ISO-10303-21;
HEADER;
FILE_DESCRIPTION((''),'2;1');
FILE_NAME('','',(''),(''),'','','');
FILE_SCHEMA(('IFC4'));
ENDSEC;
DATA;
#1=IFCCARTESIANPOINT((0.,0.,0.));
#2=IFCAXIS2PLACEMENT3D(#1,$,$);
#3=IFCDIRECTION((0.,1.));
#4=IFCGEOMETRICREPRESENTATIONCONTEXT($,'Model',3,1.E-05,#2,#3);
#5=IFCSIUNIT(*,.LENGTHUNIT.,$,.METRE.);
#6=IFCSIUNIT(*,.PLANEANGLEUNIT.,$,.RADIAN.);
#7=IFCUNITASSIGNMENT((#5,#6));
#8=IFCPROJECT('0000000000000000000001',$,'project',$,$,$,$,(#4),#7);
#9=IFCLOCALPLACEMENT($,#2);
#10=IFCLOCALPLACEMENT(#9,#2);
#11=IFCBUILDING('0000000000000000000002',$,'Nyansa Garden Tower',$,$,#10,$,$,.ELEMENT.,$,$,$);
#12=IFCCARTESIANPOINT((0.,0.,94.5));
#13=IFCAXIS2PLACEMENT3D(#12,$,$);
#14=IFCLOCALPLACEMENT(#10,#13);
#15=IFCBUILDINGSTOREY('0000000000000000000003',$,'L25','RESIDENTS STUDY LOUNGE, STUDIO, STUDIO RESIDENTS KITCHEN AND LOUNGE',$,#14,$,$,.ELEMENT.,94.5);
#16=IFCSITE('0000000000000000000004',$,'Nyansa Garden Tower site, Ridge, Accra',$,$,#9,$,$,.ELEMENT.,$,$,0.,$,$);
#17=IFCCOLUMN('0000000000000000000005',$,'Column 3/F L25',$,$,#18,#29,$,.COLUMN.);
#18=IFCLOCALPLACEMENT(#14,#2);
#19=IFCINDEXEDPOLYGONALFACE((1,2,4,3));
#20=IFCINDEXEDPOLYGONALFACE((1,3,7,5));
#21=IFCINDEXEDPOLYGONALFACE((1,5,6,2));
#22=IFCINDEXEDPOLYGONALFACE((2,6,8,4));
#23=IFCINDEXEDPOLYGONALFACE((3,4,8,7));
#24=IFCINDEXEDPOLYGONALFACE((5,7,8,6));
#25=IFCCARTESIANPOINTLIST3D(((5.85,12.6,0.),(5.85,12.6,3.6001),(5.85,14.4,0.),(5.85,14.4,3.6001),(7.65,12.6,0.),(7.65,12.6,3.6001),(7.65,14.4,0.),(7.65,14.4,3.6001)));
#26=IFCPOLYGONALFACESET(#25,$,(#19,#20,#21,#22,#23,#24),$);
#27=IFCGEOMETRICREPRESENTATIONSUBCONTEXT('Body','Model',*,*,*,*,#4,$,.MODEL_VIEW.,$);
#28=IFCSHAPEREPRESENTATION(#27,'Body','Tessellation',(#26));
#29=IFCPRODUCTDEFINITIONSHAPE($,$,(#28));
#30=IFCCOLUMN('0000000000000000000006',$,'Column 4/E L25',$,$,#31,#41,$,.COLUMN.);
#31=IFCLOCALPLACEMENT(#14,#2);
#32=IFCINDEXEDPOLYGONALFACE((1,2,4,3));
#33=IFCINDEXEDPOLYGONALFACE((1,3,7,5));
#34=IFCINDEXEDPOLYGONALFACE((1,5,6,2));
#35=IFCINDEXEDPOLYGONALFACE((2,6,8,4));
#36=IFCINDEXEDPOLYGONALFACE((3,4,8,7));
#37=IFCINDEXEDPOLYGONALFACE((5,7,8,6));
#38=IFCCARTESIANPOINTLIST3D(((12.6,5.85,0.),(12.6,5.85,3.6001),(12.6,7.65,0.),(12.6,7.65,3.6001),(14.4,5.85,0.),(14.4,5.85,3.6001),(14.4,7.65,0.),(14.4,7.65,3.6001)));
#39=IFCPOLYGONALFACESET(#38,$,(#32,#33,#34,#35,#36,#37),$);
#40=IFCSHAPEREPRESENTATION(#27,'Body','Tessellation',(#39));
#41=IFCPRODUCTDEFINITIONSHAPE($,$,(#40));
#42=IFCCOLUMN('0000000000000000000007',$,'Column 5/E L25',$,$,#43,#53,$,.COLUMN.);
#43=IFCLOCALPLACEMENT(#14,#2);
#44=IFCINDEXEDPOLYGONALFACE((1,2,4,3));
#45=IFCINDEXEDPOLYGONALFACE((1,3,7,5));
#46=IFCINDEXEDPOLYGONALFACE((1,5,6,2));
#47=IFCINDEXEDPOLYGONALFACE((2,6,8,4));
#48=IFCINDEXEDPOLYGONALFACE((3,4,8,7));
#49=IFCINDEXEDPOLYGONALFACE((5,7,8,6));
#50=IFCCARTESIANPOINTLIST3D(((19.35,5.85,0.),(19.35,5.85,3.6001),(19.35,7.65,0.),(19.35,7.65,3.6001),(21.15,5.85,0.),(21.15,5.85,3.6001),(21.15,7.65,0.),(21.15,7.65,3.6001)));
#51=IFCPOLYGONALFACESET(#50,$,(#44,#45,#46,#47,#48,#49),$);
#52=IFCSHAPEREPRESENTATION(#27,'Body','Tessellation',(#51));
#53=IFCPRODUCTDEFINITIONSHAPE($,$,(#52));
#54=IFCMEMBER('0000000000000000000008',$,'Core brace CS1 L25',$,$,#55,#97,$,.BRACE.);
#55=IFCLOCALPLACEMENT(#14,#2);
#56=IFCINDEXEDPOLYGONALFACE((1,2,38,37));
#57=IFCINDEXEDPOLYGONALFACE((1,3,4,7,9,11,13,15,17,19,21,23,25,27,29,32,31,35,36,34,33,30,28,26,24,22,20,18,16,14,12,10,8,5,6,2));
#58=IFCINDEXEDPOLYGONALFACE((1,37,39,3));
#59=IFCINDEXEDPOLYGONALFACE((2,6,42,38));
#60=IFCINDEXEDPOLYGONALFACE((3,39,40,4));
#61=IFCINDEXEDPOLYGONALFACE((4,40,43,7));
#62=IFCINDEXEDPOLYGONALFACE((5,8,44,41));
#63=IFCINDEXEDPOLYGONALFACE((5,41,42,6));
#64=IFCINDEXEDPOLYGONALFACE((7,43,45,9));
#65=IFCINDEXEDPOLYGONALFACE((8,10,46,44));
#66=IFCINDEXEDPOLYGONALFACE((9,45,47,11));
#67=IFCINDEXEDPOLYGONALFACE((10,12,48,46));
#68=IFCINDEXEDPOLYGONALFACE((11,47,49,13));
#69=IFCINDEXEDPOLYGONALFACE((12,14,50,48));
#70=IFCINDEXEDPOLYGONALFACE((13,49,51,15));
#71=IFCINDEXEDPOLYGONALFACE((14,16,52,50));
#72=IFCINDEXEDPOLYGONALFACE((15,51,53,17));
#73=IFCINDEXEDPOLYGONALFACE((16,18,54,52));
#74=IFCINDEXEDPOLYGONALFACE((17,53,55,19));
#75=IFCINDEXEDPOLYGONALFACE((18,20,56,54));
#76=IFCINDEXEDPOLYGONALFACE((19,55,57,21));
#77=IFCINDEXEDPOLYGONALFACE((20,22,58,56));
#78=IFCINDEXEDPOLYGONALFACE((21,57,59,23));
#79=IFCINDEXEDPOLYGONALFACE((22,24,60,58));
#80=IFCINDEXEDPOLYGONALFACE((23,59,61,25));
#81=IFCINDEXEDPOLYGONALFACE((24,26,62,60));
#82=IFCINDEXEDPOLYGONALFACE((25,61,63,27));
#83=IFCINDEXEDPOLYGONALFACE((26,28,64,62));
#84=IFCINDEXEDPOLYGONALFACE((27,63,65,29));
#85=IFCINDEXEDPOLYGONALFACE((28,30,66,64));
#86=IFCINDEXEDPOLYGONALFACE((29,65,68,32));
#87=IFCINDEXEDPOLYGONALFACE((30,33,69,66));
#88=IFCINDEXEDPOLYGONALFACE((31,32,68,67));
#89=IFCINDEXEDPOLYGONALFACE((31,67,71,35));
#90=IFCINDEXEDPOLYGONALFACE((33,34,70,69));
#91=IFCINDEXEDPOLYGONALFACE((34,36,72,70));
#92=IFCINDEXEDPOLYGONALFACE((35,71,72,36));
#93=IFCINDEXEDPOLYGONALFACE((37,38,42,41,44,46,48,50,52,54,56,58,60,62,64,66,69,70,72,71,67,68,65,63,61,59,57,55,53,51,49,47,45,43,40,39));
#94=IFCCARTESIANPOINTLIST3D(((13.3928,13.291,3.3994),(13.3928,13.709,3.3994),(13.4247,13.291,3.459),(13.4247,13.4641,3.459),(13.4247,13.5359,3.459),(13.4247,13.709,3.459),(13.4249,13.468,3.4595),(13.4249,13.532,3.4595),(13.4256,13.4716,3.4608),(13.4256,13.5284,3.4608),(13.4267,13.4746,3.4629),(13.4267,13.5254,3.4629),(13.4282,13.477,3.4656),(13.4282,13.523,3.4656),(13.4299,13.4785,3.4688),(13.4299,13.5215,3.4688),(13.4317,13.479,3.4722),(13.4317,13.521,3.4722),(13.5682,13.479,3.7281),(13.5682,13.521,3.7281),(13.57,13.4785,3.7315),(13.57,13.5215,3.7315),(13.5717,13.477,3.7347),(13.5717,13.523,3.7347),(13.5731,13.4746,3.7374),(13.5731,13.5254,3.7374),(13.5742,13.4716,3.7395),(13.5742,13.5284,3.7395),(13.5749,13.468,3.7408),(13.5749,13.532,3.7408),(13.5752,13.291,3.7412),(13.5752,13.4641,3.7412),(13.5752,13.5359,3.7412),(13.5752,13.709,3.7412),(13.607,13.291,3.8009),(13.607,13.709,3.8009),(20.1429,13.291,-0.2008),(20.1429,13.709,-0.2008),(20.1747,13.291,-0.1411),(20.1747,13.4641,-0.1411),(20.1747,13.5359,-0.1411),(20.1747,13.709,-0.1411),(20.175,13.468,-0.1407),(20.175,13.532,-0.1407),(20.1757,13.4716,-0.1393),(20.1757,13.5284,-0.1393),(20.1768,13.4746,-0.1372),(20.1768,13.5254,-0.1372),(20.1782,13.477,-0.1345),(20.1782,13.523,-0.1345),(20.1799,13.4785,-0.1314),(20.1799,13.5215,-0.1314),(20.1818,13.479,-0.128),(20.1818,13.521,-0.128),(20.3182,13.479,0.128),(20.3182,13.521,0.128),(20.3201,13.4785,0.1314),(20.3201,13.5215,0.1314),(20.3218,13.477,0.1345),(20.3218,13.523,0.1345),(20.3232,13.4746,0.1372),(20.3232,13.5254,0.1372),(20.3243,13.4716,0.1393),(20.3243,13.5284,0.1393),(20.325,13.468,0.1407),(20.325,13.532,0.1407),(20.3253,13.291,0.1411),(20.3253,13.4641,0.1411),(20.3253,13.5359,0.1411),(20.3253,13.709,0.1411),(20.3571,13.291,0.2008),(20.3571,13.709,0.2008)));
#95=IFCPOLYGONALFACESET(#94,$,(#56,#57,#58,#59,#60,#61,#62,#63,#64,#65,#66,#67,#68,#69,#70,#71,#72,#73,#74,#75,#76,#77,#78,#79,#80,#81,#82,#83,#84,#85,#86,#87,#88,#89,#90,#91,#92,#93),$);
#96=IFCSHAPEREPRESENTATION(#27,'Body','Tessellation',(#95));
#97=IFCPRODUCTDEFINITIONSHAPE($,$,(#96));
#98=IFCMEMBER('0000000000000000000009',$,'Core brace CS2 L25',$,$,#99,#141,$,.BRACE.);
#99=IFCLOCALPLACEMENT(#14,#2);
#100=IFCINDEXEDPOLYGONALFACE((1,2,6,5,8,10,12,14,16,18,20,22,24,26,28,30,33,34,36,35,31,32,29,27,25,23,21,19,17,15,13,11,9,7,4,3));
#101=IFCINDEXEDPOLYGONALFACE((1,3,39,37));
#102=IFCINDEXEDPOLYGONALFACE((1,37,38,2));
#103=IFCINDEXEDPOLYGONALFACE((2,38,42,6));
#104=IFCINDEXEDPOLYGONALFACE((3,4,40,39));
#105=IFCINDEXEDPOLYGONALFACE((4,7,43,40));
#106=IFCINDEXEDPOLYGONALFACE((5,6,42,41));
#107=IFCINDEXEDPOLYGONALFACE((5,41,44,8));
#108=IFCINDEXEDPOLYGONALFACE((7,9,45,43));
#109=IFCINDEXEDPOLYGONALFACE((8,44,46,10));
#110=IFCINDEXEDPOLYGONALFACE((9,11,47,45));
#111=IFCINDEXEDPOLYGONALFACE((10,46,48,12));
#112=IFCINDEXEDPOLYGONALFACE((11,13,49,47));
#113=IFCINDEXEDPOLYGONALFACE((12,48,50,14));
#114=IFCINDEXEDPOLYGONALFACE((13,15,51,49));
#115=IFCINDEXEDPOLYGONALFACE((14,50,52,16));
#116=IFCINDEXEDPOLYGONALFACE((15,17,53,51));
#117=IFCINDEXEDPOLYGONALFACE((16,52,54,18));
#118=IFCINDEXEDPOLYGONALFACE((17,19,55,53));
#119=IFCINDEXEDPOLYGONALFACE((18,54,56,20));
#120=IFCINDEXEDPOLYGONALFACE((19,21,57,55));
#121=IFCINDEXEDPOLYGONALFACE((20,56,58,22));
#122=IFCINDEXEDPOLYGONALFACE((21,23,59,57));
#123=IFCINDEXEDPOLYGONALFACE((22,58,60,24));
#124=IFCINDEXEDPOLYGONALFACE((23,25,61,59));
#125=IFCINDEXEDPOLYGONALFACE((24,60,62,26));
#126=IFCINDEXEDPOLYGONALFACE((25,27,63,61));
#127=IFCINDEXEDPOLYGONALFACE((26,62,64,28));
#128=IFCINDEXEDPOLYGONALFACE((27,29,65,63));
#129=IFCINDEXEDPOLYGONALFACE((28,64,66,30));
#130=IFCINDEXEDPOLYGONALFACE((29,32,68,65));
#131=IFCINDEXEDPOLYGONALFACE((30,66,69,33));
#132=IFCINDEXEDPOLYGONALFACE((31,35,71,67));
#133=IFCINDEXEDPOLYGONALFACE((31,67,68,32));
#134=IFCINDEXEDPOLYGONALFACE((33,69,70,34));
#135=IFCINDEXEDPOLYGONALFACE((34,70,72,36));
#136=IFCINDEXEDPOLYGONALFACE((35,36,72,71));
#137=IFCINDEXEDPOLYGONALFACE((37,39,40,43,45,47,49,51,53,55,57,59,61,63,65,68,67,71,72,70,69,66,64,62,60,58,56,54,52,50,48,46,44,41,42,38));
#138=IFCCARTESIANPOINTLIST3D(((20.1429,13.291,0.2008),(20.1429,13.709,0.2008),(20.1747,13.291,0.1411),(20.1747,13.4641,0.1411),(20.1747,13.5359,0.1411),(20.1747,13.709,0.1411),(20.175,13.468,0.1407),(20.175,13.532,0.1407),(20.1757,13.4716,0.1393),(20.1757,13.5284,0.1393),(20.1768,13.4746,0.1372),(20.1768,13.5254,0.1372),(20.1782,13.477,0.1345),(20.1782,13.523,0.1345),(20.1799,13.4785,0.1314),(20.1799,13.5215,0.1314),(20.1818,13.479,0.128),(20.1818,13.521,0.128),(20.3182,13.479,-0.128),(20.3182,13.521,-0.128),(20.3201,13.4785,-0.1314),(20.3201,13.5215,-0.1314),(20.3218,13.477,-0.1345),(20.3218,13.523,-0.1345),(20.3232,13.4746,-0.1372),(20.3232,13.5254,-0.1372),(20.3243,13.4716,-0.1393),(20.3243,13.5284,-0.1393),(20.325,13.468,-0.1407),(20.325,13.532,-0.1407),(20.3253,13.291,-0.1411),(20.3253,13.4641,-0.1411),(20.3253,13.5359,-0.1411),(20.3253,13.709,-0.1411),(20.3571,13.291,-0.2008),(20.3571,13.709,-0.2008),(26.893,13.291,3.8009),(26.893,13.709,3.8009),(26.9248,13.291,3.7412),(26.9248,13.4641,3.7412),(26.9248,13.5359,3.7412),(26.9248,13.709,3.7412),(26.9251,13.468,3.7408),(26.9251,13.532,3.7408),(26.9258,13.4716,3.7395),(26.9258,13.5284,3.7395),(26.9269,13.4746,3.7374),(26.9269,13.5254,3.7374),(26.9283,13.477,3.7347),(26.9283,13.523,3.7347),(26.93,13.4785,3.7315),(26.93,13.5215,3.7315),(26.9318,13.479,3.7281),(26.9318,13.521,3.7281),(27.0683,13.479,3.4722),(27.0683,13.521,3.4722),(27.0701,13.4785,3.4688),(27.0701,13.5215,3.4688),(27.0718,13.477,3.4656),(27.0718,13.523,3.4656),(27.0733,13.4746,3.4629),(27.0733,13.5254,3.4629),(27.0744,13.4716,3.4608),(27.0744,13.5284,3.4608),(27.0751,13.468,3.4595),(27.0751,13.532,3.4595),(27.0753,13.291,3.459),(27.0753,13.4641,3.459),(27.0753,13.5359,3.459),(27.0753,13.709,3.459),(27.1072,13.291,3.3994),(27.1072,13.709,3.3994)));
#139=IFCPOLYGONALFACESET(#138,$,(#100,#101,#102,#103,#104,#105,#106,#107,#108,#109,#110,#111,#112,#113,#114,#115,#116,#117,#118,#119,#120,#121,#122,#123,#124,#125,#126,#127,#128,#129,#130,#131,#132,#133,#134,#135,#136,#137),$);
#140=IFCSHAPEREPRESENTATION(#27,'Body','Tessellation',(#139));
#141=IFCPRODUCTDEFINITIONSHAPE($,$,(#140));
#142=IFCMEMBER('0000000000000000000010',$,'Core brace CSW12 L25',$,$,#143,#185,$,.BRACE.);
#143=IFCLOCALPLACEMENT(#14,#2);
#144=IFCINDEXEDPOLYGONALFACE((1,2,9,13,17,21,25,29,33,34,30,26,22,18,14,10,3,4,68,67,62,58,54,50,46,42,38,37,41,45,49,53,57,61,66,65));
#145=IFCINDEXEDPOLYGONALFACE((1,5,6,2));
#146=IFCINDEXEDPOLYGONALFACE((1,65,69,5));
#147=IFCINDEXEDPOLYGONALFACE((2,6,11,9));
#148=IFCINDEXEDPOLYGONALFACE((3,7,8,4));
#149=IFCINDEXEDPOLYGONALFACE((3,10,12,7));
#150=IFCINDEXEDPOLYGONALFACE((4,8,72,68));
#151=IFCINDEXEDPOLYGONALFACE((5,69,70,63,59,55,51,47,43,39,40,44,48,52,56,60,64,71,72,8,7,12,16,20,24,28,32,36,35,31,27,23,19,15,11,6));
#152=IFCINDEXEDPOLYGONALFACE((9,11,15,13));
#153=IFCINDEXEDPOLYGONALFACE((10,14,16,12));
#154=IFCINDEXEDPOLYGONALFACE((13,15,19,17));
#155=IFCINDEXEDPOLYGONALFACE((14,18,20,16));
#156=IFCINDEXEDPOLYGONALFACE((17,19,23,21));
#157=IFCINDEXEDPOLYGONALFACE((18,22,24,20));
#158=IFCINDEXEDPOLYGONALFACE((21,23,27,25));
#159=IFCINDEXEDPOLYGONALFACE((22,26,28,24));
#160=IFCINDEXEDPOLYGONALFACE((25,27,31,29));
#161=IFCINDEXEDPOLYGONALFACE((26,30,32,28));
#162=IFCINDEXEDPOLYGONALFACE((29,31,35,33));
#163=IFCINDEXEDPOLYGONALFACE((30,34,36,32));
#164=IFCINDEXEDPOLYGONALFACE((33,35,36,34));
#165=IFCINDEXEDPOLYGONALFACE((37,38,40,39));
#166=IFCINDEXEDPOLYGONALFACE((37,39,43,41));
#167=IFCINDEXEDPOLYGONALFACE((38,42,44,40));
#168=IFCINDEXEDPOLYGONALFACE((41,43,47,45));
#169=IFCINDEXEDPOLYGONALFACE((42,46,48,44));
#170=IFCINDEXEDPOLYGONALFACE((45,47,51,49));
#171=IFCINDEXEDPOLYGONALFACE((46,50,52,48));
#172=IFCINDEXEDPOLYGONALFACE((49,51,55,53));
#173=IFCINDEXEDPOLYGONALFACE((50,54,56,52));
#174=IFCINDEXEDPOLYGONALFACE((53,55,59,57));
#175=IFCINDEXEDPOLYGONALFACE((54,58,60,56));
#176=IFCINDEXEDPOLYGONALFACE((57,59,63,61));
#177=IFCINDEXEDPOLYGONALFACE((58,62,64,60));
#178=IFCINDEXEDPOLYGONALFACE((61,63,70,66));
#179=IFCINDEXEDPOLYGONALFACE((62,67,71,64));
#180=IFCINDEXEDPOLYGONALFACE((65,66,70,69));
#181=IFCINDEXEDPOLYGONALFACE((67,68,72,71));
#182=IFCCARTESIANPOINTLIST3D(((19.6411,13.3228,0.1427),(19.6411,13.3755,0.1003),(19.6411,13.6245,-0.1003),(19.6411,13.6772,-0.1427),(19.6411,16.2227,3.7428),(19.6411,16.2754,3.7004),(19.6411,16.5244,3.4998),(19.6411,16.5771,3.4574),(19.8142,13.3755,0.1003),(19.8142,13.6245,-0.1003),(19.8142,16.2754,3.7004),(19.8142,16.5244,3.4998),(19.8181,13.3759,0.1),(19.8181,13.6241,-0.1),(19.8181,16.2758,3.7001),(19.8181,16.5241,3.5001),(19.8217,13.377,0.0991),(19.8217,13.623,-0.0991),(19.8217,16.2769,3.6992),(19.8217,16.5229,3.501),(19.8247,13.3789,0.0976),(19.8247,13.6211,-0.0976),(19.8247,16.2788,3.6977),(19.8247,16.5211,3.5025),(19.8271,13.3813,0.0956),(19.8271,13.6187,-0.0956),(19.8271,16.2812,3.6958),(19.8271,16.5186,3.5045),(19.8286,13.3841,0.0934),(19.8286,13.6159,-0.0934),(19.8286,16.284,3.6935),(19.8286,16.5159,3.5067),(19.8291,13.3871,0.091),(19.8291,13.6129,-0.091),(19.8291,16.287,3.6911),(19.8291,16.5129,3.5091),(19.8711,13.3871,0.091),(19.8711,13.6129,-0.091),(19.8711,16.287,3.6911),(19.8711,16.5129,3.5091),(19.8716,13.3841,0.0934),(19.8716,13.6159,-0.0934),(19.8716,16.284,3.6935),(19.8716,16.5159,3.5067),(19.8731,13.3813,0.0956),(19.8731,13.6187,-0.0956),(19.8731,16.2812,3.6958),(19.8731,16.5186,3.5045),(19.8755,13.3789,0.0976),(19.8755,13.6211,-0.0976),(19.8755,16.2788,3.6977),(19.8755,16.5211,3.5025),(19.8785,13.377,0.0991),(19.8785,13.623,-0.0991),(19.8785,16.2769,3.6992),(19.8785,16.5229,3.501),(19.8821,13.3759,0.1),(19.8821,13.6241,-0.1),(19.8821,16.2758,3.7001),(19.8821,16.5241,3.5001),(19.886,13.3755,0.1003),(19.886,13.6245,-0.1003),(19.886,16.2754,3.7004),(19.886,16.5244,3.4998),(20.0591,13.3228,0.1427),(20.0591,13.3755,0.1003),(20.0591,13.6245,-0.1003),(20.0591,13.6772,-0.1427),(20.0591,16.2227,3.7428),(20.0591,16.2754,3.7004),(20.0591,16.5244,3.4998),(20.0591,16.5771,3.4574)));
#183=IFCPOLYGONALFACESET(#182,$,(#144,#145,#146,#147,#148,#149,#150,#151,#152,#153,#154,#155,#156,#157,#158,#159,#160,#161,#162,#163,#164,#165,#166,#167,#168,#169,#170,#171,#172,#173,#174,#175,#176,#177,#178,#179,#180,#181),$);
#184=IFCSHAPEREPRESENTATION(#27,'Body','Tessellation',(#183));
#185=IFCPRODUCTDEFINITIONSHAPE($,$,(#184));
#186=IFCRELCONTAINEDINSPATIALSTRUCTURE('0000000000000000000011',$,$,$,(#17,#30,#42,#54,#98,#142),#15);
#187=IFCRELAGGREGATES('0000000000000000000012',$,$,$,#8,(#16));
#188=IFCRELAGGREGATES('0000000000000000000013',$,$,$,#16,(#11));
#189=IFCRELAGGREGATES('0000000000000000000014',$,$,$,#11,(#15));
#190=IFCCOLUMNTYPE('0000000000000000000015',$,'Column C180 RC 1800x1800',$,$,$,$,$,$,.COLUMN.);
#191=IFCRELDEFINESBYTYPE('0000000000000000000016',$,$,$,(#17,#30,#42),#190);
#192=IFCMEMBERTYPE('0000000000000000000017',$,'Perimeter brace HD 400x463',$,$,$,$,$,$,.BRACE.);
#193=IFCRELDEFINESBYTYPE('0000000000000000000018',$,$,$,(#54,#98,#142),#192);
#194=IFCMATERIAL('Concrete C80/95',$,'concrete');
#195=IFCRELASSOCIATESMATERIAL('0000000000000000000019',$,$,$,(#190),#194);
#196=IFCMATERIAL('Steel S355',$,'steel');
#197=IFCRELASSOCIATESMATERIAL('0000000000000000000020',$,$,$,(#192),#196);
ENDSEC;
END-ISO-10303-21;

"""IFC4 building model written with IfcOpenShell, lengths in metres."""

from ifc_helpers import new_model, si_unit, direction, frame, origin, origin_2d, place, context, subcontext, project, spatial, rectangle, i_section, extrude, material, material_profile, profile_set, type_object, element, save


model = new_model("IFC4")

# Units and contexts
model_context = context("Model", 3, precision=1e-05, world=origin(), true_north=direction((0.0, 1.0)))
body_context = subcontext(model_context, "Body", "Model", "MODEL_VIEW")
ifc_project = project(units=[si_unit("LENGTHUNIT", "METRE"), si_unit("PLANEANGLEUNIT", "RADIAN")], contexts=[model_context])

# Site, building, storey
site_placement = place(None, origin())
site = spatial("IfcSite", under=ifc_project, at=site_placement, Name="Nyansa Garden Tower site, Ridge, Accra", CompositionType="ELEMENT", RefElevation=0.0)
building_placement = place(site_placement, origin())
building = spatial("IfcBuilding", under=site, at=building_placement, Name="Nyansa Garden Tower", CompositionType="ELEMENT")
storey_placement = place(building_placement, frame((0.0, 0.0, 94.5)))
storey = spatial("IfcBuildingStorey", under=building, at=storey_placement, Name="L25", Description="RESIDENTS STUDY LOUNGE, STUDIO, STUDIO RESIDENTS KITCHEN AND LOUNGE", CompositionType="ELEMENT", Elevation=94.5)

# Columns
ifc_material_1 = material(Name="Concrete C80/95", Category="concrete")
ifc_material_profile_1 = material_profile(ifc_material_1, rectangle(XDim=1.8, YDim=1.8, at=origin_2d()), Name="RC 1800x1800")
ifc_profile_set_1 = profile_set([ifc_material_profile_1], Name="Concrete C80/95")
column_type = type_object("IfcColumnType", Name="Column C180 RC 1800x1800", PredefinedType="COLUMN", material=ifc_profile_set_1)
for number, where, z_axis, x_axis, name in (
    (1, (6.75, 13.5, 0.0), (0.0, 0.0, 1.0), (1.0, 0.0, 0.0), "Column 3/F L25"),
    (2, (13.5, 6.75, 0.0), (0.0, 0.0, 1.0), (1.0, 0.0, 0.0), "Column 4/E L25"),
    (3, (20.25, 6.75, 0.0), (0.0, 0.0, 1.0), (1.0, 0.0, 0.0), "Column 5/E L25"),
):
    element("IfcColumn", number, at=place(storey_placement, frame(where, z_axis=z_axis, x_axis=x_axis)), inside=storey, type_object=column_type, Name=name, PredefinedType="COLUMN", context=body_context, shape_type="SweptSolid", body=[
        extrude(rectangle(XDim=1.8, YDim=1.8, at=origin_2d()), origin(), (0.0, 0.0, 1.0), 3.6001),
    ])

# Members
ifc_material_2 = material(Name="Steel S355", Category="steel")
ifc_material_profile_2 = material_profile(ifc_material_2, i_section(OverallWidth=0.418, OverallDepth=0.4551, WebThickness=0.042, FlangeThickness=0.0676, FilletRadius=0.0149, at=origin_2d()), Name="HD 400x463")
ifc_profile_set_2 = profile_set([ifc_material_profile_2], Name="Steel S355")
member_type = type_object("IfcMemberType", Name="Perimeter brace HD 400x463", PredefinedType="BRACE", material=ifc_profile_set_2)
for number, where, z_axis, x_axis, name in (
    (4, (20.25, 13.5, 0.0), (-0.882348, 0.0, 0.470598), (0.0, -1.0, 0.0), "Core brace CS1 L25"),
    (5, (20.25, 13.5, 0.0), (0.882348, 0.0, 0.470598), (0.0, 1.0, 0.0), "Core brace CS2 L25"),
):
    element("IfcMember", number, at=place(storey_placement, frame(where, z_axis=z_axis, x_axis=x_axis)), inside=storey, type_object=member_type, Name=name, PredefinedType="BRACE", context=body_context, shape_type="SweptSolid", body=[
        extrude(i_section(OverallWidth=0.418, OverallDepth=0.4551, WebThickness=0.042, FlangeThickness=0.0676, FilletRadius=0.0149, at=origin_2d()), origin(), (0.0, 0.0, 1.0), 7.6501),
    ])
member_placement = place(storey_placement, frame((19.8501, 13.5, 0.0), z_axis=(0.0, 0.627306, 0.778773), x_axis=(-1.0, 0.0, 0.0)))
element("IfcMember", 6, at=member_placement, inside=storey, type_object=member_type, Name="Core brace CSW12 L25", PredefinedType="BRACE", context=body_context, shape_type="SweptSolid", body=[
    extrude(i_section(OverallWidth=0.418, OverallDepth=0.4551, WebThickness=0.042, FlangeThickness=0.0676, FilletRadius=0.0149, at=origin_2d()), origin(), (0.0, 0.0, 1.0), 4.6228),
])

save(model, "model.ifc")
